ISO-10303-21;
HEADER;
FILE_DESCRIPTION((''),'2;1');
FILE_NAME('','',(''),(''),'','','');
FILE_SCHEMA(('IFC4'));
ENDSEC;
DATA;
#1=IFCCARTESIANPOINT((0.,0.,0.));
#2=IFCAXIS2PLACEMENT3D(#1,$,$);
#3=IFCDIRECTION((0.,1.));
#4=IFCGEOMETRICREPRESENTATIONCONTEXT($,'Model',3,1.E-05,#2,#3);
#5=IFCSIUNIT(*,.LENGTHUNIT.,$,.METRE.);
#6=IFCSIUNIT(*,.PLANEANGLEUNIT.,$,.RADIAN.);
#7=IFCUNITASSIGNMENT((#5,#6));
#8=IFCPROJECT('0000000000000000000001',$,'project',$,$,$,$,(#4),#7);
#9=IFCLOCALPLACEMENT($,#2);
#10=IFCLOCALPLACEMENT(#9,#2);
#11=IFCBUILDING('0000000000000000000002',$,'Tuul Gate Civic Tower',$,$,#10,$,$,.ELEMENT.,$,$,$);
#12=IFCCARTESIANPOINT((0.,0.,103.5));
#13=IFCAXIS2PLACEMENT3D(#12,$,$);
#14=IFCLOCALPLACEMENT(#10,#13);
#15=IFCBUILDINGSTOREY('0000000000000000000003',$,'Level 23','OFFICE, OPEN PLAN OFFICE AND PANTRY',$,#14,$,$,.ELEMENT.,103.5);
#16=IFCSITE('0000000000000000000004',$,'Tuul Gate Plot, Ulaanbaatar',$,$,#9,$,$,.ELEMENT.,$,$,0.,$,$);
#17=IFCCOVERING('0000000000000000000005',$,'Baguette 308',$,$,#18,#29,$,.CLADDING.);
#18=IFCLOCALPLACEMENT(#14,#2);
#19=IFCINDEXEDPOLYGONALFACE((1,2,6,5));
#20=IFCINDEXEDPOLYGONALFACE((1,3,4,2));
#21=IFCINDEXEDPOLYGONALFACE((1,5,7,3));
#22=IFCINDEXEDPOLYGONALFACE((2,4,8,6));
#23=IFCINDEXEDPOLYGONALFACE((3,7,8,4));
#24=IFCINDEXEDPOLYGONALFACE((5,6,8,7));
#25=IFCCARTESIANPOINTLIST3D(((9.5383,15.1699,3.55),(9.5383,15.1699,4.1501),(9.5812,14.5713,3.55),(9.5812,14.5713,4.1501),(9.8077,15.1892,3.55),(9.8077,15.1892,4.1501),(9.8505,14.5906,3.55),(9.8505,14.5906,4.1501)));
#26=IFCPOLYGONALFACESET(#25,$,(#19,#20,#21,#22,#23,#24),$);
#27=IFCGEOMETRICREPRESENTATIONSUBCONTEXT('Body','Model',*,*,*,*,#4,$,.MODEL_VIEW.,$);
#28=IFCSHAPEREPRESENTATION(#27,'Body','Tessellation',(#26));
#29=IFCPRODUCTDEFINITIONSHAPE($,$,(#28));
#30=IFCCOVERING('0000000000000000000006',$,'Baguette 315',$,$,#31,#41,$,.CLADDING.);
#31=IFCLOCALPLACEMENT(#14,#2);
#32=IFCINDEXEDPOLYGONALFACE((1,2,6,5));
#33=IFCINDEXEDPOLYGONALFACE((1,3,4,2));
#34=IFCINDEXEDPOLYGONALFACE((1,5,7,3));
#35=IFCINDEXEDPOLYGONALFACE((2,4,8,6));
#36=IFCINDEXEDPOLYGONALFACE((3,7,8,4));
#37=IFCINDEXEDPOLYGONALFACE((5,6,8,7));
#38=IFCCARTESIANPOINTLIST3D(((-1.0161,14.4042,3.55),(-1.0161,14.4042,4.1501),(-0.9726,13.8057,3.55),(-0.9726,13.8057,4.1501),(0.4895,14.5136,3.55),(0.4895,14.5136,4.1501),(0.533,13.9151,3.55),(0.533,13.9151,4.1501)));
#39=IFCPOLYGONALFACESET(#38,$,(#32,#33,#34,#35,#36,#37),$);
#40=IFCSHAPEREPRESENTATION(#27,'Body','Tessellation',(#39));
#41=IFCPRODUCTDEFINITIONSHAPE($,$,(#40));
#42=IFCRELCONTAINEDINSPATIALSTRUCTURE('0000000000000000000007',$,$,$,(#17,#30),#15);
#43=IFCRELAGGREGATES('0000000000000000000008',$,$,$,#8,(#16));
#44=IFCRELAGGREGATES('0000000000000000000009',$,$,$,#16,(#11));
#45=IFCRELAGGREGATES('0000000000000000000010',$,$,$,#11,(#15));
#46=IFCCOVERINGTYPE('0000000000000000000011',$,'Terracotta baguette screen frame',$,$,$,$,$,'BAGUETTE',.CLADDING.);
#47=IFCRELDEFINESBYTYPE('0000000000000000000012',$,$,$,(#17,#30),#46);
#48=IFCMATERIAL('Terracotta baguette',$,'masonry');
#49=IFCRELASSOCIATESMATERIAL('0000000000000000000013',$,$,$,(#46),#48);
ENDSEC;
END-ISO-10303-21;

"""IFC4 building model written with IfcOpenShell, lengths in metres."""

from ifc_helpers import new_model, si_unit, direction, frame, origin, origin_2d, place, context, subcontext, project, spatial, rectangle, extrude, material, material_profile, profile_set, type_object, element, save


model = new_model("IFC4")

# Units and contexts
model_context = context("Model", 3, precision=1e-05, world=origin(), true_north=direction((0.0, 1.0)))
body_context = subcontext(model_context, "Body", "Model", "MODEL_VIEW")
ifc_project = project(units=[si_unit("LENGTHUNIT", "METRE"), si_unit("PLANEANGLEUNIT", "RADIAN")], contexts=[model_context])

# Site, building, storey
site_placement = place(None, origin())
site = spatial("IfcSite", under=ifc_project, at=site_placement, Name="Tuul Gate Plot, Ulaanbaatar", CompositionType="ELEMENT", RefElevation=0.0)
building_placement = place(site_placement, origin())
building = spatial("IfcBuilding", under=site, at=building_placement, Name="Tuul Gate Civic Tower", CompositionType="ELEMENT")
storey_placement = place(building_placement, frame((0.0, 0.0, 103.5)))
storey = spatial("IfcBuildingStorey", under=building, at=storey_placement, Name="Level 23", Description="OFFICE, OPEN PLAN OFFICE AND PANTRY", CompositionType="ELEMENT", Elevation=103.5)

# Coverings
ifc_material_1 = material(Name="Terracotta baguette", Category="masonry")
ifc_material_profile_1 = material_profile(ifc_material_1, rectangle(XDim=0.6001, YDim=0.6001, at=origin_2d()), Name="Terracotta baguette screen frame")
ifc_profile_set_1 = profile_set([ifc_material_profile_1], Name="Terracotta baguette")
covering_type = type_object("IfcCoveringType", Name="Terracotta baguette screen frame", ElementType="BAGUETTE", PredefinedType="CLADDING", material=ifc_profile_set_1)
covering_1_placement = place(storey_placement, frame((9.8291, 14.8899, 3.8501), z_axis=(-0.997445, -0.07144, 0.0), x_axis=(0.07144, -0.997445, 0.0)))
element("IfcCovering", 1, at=covering_1_placement, inside=storey, type_object=covering_type, Name="Baguette 308", PredefinedType="CLADDING", context=body_context, shape_type="SweptSolid", body=[
    extrude(rectangle(XDim=0.6001, YDim=0.6001, at=origin_2d()), origin(), (0.0, 0.0, 1.0), 0.27),
])
covering_2_placement = place(storey_placement, frame((0.5112, 14.2144, 3.8501), z_axis=(-0.997372, -0.072454, 0.0), x_axis=(0.072454, -0.997372, 0.0)))
element("IfcCovering", 2, at=covering_2_placement, inside=storey, type_object=covering_type, Name="Baguette 315", PredefinedType="CLADDING", context=body_context, shape_type="SweptSolid", body=[
    extrude(rectangle(XDim=0.6001, YDim=0.6001, at=origin_2d()), origin(), (0.0, 0.0, 1.0), 1.5095),
])

save(model, "model.ifc")
